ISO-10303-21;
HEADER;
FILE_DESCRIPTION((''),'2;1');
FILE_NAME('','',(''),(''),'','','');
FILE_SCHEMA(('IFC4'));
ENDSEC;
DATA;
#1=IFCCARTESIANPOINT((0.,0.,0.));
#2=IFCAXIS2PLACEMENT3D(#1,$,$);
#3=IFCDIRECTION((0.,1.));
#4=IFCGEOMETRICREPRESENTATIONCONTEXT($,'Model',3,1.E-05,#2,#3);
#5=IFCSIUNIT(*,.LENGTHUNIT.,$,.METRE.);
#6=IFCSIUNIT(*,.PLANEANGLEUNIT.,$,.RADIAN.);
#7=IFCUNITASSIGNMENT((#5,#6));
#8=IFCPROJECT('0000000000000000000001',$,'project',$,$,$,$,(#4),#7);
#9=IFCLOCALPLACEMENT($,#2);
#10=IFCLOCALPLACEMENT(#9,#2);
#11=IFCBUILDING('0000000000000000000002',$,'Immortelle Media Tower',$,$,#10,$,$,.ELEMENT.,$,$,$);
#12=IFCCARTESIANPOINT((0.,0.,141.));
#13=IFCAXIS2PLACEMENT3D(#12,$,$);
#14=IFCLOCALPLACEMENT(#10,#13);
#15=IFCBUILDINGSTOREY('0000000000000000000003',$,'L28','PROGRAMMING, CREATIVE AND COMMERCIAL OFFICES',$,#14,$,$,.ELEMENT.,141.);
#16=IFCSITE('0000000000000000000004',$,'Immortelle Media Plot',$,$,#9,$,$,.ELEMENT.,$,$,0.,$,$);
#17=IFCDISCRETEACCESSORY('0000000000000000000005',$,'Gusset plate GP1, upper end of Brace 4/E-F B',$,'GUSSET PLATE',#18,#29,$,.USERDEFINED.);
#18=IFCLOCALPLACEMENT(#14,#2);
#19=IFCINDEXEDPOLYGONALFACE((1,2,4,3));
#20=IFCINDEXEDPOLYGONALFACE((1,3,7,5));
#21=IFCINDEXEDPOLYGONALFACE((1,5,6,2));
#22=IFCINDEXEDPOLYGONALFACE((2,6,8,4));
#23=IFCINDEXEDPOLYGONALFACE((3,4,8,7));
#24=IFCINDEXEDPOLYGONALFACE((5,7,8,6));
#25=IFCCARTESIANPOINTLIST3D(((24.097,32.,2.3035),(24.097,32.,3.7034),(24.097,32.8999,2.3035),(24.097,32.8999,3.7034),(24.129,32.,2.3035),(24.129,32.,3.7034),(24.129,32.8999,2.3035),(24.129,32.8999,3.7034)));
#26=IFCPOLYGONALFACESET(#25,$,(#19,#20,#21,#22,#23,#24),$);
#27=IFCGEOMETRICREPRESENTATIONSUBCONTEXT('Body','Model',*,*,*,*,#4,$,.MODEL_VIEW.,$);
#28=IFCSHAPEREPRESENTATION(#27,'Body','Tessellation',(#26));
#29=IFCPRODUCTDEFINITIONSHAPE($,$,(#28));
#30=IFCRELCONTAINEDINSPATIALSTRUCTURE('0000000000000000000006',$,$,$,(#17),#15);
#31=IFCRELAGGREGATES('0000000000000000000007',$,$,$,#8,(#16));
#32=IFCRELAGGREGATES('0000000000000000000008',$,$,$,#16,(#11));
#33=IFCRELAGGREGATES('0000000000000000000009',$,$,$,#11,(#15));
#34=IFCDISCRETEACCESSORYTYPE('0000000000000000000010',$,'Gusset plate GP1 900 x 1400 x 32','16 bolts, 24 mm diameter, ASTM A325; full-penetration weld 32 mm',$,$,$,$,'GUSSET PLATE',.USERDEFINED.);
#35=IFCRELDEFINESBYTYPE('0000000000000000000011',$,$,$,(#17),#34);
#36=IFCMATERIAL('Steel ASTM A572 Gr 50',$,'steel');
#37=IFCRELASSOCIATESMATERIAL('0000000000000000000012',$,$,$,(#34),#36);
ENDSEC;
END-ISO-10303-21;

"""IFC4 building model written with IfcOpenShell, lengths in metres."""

from ifc_helpers import new_model, si_unit, direction, frame, origin, origin_2d, place, context, subcontext, project, spatial, rectangle, extrude, material, material_profile, profile_set, type_object, element, save


model = new_model("IFC4")

# Units and contexts
model_context = context("Model", 3, precision=1e-05, world=origin(), true_north=direction((0.0, 1.0)))
body_context = subcontext(model_context, "Body", "Model", "MODEL_VIEW")
ifc_project = project(units=[si_unit("LENGTHUNIT", "METRE"), si_unit("PLANEANGLEUNIT", "RADIAN")], contexts=[model_context])

# Site, building, storey
site_placement = place(None, origin())
site = spatial("IfcSite", under=ifc_project, at=site_placement, Name="Immortelle Media Plot", CompositionType="ELEMENT", RefElevation=0.0)
building_placement = place(site_placement, origin())
building = spatial("IfcBuilding", under=site, at=building_placement, Name="Immortelle Media Tower", CompositionType="ELEMENT")
storey_placement = place(building_placement, frame((0.0, 0.0, 141.0)))
storey = spatial("IfcBuildingStorey", under=building, at=storey_placement, Name="L28", Description="PROGRAMMING, CREATIVE AND COMMERCIAL OFFICES", CompositionType="ELEMENT", Elevation=141.0)

# Discrete accessory
ifc_material_1 = material(Name="Steel ASTM A572 Gr 50", Category="steel")
ifc_material_profile_1 = material_profile(ifc_material_1, rectangle(XDim=0.032, YDim=1.3999, at=origin_2d()), Name="PL 32 x 1400")
ifc_profile_set_1 = profile_set([ifc_material_profile_1], Name="Steel ASTM A572 Gr 50")
discrete_accessory_type_1 = type_object("IfcDiscreteAccessoryType", Name="Gusset plate GP1 900 x 1400 x 32", Description="16 bolts, 24 mm diameter, ASTM A325; full-penetration weld 32 mm", ElementType="GUSSET PLATE", PredefinedType="USERDEFINED", material=ifc_profile_set_1)
for number, where, z_axis, x_axis, name in (
    (1, (24.113, 32.0, 3.0034), (0.0, 1.0, 0.0), (-1.0, 0.0, 0.0), "Gusset plate GP1, upper end of Brace 4/E-F B"),
):
    element("IfcDiscreteAccessory", number, at=place(storey_placement, frame(where, z_axis=z_axis, x_axis=x_axis)), inside=storey, type_object=discrete_accessory_type_1, Name=name, ObjectType="GUSSET PLATE", PredefinedType="USERDEFINED", context=body_context, shape_type="SweptSolid", body=[
        extrude(rectangle(XDim=0.032, YDim=1.3999, at=origin_2d()), origin(), (0.0, 0.0, 1.0), 0.8999),
    ])

save(model, "model.ifc")
